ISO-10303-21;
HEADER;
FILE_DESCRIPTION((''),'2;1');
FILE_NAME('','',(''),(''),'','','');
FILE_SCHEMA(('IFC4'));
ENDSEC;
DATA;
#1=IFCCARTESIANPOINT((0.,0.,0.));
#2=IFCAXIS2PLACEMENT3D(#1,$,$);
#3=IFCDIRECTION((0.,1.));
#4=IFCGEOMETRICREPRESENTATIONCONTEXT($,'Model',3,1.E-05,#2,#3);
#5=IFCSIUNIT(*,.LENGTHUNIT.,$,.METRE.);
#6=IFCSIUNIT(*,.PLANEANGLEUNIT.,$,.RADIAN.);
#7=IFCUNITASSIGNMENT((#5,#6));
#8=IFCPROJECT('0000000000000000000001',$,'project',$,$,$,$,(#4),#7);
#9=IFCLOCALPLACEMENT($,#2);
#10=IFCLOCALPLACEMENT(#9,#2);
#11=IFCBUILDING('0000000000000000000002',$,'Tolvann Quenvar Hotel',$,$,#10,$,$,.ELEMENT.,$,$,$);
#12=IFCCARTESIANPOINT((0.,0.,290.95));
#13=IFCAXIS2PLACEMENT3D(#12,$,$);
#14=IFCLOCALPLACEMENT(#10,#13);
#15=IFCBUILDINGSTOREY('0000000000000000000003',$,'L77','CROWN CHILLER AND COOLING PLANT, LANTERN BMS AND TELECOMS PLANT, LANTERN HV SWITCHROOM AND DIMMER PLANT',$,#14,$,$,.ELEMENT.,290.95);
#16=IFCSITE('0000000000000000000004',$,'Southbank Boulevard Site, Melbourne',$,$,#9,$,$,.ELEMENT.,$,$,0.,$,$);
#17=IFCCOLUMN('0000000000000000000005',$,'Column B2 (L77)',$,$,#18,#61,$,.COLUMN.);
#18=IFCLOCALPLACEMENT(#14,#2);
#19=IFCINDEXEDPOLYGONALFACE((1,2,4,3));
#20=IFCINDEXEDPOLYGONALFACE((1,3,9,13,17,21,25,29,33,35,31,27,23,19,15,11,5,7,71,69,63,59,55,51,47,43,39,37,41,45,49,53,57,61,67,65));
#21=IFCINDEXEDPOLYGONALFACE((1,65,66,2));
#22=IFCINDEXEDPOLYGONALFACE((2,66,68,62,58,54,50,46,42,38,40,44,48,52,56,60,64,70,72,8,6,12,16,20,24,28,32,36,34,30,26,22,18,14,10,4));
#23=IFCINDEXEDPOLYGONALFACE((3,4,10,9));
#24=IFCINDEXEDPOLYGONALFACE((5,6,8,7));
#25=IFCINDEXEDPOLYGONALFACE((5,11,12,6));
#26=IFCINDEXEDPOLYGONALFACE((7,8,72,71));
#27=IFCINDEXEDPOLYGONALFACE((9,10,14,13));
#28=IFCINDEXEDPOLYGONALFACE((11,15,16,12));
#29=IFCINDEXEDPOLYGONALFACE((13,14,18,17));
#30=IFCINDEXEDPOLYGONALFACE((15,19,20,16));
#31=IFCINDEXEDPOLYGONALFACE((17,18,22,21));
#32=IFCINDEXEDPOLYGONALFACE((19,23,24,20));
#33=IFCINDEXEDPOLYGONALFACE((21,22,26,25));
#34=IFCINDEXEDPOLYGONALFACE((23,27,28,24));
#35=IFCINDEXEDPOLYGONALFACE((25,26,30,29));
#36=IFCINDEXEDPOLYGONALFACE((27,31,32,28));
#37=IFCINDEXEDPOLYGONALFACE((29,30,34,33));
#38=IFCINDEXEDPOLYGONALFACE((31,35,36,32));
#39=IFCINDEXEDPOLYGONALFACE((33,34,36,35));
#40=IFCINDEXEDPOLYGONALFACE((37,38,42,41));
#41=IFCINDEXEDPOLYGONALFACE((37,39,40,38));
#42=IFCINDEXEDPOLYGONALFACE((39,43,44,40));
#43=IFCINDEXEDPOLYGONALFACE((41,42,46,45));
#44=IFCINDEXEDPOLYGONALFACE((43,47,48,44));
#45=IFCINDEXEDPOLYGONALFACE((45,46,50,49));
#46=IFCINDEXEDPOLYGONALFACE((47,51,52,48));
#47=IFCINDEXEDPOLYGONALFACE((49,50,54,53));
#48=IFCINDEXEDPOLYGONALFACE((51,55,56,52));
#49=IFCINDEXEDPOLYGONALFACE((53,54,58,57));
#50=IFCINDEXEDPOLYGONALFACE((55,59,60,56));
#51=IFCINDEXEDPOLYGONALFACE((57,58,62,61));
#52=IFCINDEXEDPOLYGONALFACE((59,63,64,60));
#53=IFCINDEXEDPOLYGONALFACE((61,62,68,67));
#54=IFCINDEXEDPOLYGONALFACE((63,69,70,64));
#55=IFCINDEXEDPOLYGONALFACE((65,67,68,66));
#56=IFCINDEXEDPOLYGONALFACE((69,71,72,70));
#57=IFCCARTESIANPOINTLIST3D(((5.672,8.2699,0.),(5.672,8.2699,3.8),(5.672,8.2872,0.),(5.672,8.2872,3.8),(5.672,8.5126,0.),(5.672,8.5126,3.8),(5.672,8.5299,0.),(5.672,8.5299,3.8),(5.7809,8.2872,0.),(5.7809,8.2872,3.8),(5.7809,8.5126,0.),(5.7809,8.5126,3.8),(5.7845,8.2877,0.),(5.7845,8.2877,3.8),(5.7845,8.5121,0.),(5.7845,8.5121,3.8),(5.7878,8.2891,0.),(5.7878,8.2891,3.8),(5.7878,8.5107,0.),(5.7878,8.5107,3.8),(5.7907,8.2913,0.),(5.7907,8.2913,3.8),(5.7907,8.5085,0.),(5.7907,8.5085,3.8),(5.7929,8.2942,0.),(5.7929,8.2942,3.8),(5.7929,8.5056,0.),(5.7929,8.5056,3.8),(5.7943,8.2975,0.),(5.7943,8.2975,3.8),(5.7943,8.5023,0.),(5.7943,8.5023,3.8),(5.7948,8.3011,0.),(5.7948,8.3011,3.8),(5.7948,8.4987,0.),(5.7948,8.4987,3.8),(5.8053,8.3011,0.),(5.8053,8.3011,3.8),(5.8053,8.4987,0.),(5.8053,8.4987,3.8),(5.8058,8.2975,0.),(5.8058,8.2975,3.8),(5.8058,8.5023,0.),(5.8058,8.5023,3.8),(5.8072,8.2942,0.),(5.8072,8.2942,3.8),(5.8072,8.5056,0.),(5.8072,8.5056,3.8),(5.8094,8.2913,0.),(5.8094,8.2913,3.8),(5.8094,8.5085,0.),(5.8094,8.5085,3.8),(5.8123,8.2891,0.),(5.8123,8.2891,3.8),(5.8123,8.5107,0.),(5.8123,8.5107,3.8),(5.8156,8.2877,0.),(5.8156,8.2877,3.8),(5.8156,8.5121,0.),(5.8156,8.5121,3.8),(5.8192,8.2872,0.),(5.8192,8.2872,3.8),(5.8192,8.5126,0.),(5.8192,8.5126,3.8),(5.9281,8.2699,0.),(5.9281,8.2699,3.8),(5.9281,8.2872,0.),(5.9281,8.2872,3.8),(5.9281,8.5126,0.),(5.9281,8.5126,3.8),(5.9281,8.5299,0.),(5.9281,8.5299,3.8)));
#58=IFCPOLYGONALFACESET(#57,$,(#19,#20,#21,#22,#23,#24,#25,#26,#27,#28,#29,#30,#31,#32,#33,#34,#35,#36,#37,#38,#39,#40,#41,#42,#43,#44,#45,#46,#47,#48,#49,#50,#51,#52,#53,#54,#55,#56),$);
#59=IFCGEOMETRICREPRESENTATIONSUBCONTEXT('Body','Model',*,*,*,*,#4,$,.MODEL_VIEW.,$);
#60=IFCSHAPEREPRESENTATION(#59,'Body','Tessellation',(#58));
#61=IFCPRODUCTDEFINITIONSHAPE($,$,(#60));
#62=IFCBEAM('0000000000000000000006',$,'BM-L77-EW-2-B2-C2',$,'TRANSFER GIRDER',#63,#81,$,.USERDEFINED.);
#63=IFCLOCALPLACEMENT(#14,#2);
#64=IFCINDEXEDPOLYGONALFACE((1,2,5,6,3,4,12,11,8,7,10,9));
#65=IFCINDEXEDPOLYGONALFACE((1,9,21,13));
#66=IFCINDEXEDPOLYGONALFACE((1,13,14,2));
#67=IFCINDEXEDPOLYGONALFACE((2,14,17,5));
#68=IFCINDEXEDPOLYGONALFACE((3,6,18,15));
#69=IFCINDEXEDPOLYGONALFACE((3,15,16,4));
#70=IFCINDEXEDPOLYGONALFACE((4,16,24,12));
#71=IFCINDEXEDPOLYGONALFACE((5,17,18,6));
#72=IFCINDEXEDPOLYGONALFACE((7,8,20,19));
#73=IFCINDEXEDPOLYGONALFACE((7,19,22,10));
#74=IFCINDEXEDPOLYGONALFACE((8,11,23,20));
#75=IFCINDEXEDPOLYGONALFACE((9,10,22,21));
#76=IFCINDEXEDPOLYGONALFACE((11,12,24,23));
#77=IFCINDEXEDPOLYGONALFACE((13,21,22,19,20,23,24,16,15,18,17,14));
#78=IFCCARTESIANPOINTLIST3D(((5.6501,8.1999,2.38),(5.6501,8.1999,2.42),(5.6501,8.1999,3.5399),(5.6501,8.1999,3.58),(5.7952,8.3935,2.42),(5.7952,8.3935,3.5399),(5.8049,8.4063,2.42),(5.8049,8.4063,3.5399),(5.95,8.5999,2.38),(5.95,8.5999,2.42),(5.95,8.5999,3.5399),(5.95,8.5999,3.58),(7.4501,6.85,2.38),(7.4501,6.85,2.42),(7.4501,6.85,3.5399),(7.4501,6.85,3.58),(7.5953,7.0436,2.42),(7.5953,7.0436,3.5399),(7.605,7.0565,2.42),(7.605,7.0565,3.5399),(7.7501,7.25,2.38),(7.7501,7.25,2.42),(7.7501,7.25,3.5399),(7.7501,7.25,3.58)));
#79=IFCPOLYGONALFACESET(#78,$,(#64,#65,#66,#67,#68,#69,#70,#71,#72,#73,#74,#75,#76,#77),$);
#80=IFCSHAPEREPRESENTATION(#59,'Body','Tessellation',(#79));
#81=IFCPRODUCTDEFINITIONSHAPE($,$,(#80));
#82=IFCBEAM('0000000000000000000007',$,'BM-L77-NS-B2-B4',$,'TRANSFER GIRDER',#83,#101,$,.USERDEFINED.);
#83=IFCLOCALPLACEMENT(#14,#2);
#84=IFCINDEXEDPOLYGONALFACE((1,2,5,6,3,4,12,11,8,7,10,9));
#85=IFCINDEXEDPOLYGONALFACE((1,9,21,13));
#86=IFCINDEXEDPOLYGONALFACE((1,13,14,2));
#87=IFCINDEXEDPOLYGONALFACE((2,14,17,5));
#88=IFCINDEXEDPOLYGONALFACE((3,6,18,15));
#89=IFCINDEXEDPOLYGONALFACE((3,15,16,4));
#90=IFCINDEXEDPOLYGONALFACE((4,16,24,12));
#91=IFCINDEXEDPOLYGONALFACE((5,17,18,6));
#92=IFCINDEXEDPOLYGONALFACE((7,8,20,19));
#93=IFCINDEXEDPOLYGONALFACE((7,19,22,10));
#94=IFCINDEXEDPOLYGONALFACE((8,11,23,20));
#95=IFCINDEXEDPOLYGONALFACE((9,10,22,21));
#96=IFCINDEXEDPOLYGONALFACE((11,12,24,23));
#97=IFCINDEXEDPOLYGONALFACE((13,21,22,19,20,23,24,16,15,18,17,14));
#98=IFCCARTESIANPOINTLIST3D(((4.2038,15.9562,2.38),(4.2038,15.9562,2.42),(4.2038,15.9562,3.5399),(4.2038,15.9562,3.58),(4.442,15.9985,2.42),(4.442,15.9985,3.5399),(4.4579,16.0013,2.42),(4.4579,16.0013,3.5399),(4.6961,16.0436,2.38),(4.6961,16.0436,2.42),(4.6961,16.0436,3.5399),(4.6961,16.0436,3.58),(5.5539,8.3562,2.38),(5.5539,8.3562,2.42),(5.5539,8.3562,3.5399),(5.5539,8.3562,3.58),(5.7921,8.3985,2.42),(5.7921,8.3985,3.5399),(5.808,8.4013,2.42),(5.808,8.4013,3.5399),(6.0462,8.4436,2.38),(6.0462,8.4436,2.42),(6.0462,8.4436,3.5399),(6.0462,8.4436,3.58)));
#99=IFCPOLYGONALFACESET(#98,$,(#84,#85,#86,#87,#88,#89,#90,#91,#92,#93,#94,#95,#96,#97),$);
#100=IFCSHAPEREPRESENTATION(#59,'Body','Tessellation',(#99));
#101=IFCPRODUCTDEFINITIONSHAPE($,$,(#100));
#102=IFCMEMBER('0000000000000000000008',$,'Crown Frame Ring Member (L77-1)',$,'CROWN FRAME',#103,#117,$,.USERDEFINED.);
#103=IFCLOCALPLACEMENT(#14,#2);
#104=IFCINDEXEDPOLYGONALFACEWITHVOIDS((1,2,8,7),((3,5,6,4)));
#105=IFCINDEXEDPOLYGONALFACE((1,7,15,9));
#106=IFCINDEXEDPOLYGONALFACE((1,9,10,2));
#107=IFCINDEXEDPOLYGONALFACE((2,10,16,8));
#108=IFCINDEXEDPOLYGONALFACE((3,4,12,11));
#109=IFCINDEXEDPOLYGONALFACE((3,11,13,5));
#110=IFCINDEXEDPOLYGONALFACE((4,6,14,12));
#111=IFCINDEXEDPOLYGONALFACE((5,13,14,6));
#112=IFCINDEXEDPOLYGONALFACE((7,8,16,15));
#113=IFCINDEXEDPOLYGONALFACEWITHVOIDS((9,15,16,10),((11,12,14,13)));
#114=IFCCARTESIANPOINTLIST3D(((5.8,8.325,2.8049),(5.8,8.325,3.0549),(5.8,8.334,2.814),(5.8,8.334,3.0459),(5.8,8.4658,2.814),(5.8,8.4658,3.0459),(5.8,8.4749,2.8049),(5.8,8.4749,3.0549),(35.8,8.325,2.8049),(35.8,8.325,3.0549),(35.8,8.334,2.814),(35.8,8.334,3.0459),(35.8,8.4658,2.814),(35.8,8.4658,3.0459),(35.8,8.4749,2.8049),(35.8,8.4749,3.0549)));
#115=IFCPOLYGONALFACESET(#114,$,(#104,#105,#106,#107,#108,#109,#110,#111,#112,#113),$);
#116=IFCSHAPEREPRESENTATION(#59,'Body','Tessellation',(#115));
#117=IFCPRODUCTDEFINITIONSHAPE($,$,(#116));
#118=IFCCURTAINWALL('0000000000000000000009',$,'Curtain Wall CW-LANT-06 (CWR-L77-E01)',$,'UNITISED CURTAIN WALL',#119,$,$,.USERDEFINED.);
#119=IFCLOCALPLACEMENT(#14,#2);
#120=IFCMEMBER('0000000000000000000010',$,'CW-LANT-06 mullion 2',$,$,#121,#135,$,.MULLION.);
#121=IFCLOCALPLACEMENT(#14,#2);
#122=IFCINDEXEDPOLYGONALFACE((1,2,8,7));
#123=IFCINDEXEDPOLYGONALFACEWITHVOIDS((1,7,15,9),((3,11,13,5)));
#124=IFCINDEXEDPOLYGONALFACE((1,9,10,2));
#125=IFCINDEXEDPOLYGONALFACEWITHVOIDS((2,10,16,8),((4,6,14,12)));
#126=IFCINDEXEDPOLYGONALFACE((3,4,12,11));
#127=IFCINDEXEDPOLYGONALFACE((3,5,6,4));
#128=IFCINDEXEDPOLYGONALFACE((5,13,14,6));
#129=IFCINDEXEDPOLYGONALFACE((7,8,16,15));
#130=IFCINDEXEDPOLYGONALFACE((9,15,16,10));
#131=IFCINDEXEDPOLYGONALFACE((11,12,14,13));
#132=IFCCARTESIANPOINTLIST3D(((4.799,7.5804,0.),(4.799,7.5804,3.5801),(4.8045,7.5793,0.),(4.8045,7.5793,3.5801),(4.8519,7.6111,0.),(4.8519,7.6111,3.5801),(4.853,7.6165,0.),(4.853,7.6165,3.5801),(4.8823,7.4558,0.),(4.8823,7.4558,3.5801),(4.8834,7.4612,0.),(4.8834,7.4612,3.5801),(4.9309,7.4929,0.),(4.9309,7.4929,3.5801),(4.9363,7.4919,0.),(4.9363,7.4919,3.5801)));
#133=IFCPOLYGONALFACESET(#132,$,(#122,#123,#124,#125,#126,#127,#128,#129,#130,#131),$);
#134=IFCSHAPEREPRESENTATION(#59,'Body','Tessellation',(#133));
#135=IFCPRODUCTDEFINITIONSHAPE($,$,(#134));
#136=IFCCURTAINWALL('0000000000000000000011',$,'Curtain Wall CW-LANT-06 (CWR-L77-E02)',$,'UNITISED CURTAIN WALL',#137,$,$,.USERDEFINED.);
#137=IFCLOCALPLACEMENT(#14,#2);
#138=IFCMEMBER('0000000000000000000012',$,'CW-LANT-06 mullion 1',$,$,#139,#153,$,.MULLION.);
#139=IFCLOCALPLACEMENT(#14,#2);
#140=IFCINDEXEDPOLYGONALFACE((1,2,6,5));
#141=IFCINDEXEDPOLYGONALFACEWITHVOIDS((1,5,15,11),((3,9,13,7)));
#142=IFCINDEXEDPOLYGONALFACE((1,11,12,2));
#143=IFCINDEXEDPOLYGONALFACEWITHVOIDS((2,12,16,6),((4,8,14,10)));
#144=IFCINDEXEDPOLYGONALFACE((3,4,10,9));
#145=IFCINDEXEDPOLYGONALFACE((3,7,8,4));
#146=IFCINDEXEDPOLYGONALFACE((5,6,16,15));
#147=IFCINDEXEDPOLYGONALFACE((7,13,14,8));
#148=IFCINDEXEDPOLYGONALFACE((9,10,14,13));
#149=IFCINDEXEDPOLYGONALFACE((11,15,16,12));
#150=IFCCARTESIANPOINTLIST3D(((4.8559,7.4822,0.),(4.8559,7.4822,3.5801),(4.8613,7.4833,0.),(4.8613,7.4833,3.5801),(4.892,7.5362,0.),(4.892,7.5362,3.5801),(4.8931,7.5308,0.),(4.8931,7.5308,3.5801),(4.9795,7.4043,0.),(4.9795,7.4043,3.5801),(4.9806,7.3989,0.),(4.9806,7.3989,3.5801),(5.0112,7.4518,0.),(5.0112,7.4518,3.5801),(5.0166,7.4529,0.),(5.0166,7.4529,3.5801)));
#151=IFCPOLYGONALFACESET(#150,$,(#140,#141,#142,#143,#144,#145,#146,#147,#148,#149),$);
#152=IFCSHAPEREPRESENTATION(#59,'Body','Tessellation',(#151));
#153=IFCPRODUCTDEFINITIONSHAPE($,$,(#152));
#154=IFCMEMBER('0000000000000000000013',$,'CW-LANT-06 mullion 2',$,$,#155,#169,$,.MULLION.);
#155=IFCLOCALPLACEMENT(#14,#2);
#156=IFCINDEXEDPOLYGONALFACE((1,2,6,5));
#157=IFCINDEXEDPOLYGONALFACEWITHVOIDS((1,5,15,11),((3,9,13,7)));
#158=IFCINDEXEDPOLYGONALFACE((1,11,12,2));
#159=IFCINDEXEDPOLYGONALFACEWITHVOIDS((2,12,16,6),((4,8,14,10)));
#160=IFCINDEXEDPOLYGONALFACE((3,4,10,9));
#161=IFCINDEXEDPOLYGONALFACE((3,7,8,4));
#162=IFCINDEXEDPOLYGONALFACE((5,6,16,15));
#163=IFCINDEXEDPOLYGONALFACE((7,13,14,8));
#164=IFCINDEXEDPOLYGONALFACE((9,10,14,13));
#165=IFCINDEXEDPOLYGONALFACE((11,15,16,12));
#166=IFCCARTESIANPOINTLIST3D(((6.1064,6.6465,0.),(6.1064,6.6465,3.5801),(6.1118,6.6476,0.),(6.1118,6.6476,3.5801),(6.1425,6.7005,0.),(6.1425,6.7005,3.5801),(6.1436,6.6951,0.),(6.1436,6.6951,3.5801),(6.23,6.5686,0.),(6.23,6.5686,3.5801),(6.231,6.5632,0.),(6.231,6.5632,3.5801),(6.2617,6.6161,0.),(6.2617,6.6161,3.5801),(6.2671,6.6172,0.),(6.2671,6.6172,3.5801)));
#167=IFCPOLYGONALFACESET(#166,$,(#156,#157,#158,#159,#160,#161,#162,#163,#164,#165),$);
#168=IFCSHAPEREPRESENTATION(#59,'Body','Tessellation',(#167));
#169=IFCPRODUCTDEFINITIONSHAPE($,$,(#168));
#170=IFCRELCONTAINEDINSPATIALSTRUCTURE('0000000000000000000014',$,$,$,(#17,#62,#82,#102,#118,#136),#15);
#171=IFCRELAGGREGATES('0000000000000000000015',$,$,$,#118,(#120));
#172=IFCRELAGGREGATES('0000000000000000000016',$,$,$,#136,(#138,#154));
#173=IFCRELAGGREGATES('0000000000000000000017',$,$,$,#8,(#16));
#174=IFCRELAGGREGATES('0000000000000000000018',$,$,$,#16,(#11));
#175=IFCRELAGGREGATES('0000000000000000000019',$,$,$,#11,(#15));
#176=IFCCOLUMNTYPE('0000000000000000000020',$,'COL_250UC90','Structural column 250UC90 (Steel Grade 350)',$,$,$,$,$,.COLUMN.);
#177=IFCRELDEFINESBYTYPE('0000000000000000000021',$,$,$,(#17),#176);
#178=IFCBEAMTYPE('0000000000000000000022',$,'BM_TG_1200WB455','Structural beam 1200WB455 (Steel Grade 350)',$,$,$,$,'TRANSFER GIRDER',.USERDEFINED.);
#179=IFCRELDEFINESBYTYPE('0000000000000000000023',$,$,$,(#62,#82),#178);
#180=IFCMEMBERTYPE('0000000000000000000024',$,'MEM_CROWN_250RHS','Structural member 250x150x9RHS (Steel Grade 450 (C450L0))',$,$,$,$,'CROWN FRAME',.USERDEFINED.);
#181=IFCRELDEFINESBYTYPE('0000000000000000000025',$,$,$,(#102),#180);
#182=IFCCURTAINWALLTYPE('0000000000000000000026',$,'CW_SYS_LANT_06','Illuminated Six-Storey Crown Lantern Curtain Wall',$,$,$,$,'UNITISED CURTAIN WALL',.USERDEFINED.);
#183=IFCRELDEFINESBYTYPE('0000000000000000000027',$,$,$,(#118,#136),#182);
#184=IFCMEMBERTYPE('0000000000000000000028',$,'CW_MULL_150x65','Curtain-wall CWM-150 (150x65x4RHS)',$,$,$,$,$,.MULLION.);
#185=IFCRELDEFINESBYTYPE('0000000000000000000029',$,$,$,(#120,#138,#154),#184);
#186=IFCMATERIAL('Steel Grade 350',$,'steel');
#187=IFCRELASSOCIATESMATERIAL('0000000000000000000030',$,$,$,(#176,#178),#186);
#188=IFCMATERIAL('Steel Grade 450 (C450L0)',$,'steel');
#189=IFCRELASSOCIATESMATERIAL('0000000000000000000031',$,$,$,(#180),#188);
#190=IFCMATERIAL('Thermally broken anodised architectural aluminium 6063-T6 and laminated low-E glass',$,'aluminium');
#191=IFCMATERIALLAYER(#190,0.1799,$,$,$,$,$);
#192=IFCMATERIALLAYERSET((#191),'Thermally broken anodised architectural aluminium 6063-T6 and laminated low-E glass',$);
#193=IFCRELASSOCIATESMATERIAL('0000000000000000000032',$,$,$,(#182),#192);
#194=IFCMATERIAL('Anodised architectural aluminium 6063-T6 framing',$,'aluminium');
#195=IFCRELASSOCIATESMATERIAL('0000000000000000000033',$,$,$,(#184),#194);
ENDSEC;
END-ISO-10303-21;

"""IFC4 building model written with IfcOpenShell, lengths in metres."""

from ifc_helpers import new_model, si_unit, direction, frame, origin, origin_2d, place, context, subcontext, project, spatial, hollow_rectangle, i_section, extrude, source, transform, mapped, material, layer, layer_set, material_profile, profile_set, type_object, type_shapes, element, aggregate, save


model = new_model("IFC4")

# Units and contexts
model_context = context("Model", 3, precision=1e-05, world=origin(), true_north=direction((0.0, 1.0)))
body_context = subcontext(model_context, "Body", "Model", "MODEL_VIEW")
ifc_project = project(units=[si_unit("LENGTHUNIT", "METRE"), si_unit("PLANEANGLEUNIT", "RADIAN")], contexts=[model_context])

# Site, building, storey
site_placement = place(None, origin())
site = spatial("IfcSite", under=ifc_project, at=site_placement, Name="Southbank Boulevard Site, Melbourne", CompositionType="ELEMENT", RefElevation=0.0)
building_placement = place(site_placement, origin())
building = spatial("IfcBuilding", under=site, at=building_placement, Name="Tolvann Quenvar Hotel", CompositionType="ELEMENT")
storey_placement = place(building_placement, frame((0.0, 0.0, 290.95)))
storey = spatial("IfcBuildingStorey", under=building, at=storey_placement, Name="L77", Description="CROWN CHILLER AND COOLING PLANT, LANTERN BMS AND TELECOMS PLANT, LANTERN HV SWITCHROOM AND DIMMER PLANT", CompositionType="ELEMENT", Elevation=290.95)

# Column
ifc_material_1 = material(Name="Steel Grade 350", Category="steel")
ifc_material_profile_1 = material_profile(ifc_material_1, i_section(OverallWidth=0.2561, OverallDepth=0.26, WebThickness=0.0105, FlangeThickness=0.0173, FilletRadius=0.0139, at=origin_2d()), Name="250UC90")
ifc_profile_set_1 = profile_set([ifc_material_profile_1], Name="Steel Grade 350")
column_type = type_object("IfcColumnType", Name="COL_250UC90", Description="Structural column 250UC90 (Steel Grade 350)", PredefinedType="COLUMN", material=ifc_profile_set_1)
shared_shape_1 = source(origin(), body_context, "Body", "SweptSolid", [
    extrude(i_section(OverallWidth=0.2561, OverallDepth=0.26, WebThickness=0.0105, FlangeThickness=0.0173, FilletRadius=0.0139, at=origin_2d()), origin(), (0.0, 0.0, 1.0), 3.8),
])
type_shapes(column_type, [shared_shape_1])
column_placement = place(storey_placement, frame((5.8, 8.3999, 0.0), z_axis=(0.0, 0.0, 1.0), x_axis=(1.0, 0.0, 0.0)))
element("IfcColumn", 1, at=column_placement, inside=storey, type_object=column_type, Name="Column B2 (L77)", PredefinedType="COLUMN", context=body_context, shape_type="MappedRepresentation", body=[
    mapped(shared_shape_1, transform((0.0, 0.0, 0.0), x_axis=(1.0, 0.0, 0.0), y_axis=(0.0, 1.0, 0.0), z_axis=(0.0, 0.0, 1.0), scale=1.0)),
])

# Beams
ifc_material_profile_2 = material_profile(ifc_material_1, i_section(OverallWidth=0.5, OverallDepth=1.2, WebThickness=0.0161, FlangeThickness=0.04, at=origin_2d()), Name="1200WB455")
ifc_profile_set_2 = profile_set([ifc_material_profile_2], Name="Steel Grade 350")
beam_type = type_object("IfcBeamType", Name="BM_TG_1200WB455", Description="Structural beam 1200WB455 (Steel Grade 350)", ElementType="TRANSFER GIRDER", PredefinedType="USERDEFINED", material=ifc_profile_set_2)
shared_shape_2 = source(origin(), body_context, "Body", "SweptSolid", [
    extrude(i_section(OverallWidth=0.5, OverallDepth=1.2, WebThickness=0.0161, FlangeThickness=0.04, at=origin_2d()), origin(), (0.0, 0.0, 1.0), 2.25),
])
beam_1_placement = place(storey_placement, frame((5.8, 8.3999, 2.98), z_axis=(0.800039, -0.599948, 0.0), x_axis=(0.599948, 0.800039, 0.0)))
element("IfcBeam", 2, at=beam_1_placement, inside=storey, type_object=beam_type, Name="BM-L77-EW-2-B2-C2", ObjectType="TRANSFER GIRDER", PredefinedType="USERDEFINED", context=body_context, shape_type="MappedRepresentation", body=[
    mapped(shared_shape_2, transform((0.0, 0.0, 0.0), x_axis=(1.0, 0.0, 0.0), y_axis=(0.0, 1.0, 0.0), z_axis=(0.0, 0.0, 1.0), scale=1.0)),
])
shared_shape_3 = source(origin(), body_context, "Body", "SweptSolid", [
    extrude(i_section(OverallWidth=0.5, OverallDepth=1.2, WebThickness=0.0161, FlangeThickness=0.04, at=origin_2d()), origin(), (0.0, 0.0, 1.0), 7.719),
])
type_shapes(beam_type, [shared_shape_2, shared_shape_3])
beam_2_placement = place(storey_placement, frame((5.8, 8.3999, 2.98), z_axis=(-0.174904, 0.984586, 0.0), x_axis=(-0.984586, -0.174904, 0.0)))
element("IfcBeam", 3, at=beam_2_placement, inside=storey, type_object=beam_type, Name="BM-L77-NS-B2-B4", ObjectType="TRANSFER GIRDER", PredefinedType="USERDEFINED", context=body_context, shape_type="MappedRepresentation", body=[
    mapped(shared_shape_3, transform((0.0, 0.0, 0.0), x_axis=(1.0, 0.0, 0.0), y_axis=(0.0, 1.0, 0.0), z_axis=(0.0, 0.0, 1.0), scale=1.0)),
])

# Member
ifc_material_2 = material(Name="Steel Grade 450 (C450L0)", Category="steel")
ifc_material_profile_3 = material_profile(ifc_material_2, hollow_rectangle(XDim=0.1499, YDim=0.25, WallThickness=0.009, at=origin_2d()), Name="250x150x9RHS")
ifc_profile_set_3 = profile_set([ifc_material_profile_3], Name="Steel Grade 450 (C450L0)")
member_type_1 = type_object("IfcMemberType", Name="MEM_CROWN_250RHS", Description="Structural member 250x150x9RHS (Steel Grade 450 (C450L0))", ElementType="CROWN FRAME", PredefinedType="USERDEFINED", material=ifc_profile_set_3)
shared_shape_4 = source(origin(), body_context, "Body", "SweptSolid", [
    extrude(hollow_rectangle(XDim=0.1499, YDim=0.25, WallThickness=0.009, at=origin_2d()), origin(), (0.0, 0.0, 1.0), 30.0),
])
type_shapes(member_type_1, [shared_shape_4])
member_1_placement = place(storey_placement, frame((5.8, 8.3999, 2.9299), z_axis=(1.0, 0.0, 0.0), x_axis=(0.0, 1.0, 0.0)))
element("IfcMember", 4, at=member_1_placement, inside=storey, type_object=member_type_1, Name="Crown Frame Ring Member (L77-1)", ObjectType="CROWN FRAME", PredefinedType="USERDEFINED", context=body_context, shape_type="MappedRepresentation", body=[
    mapped(shared_shape_4, transform((0.0, 0.0, 0.0), x_axis=(1.0, 0.0, 0.0), y_axis=(0.0, 1.0, 0.0), z_axis=(0.0, 0.0, 1.0), scale=1.0)),
])

# Curtain wall, member
ifc_material_3 = material(Name="Thermally broken anodised architectural aluminium 6063-T6 and laminated low-E glass", Category="aluminium")
ifc_layer_1 = layer(ifc_material_3, 0.1799)
ifc_layer_set_1 = layer_set([ifc_layer_1], Name="Thermally broken anodised architectural aluminium 6063-T6 and laminated low-E glass")
curtain_wall_type = type_object("IfcCurtainWallType", Name="CW_SYS_LANT_06", Description="Illuminated Six-Storey Crown Lantern Curtain Wall", ElementType="UNITISED CURTAIN WALL", PredefinedType="USERDEFINED", material=ifc_layer_set_1)
curtain_wall_1_placement = place(storey_placement, origin())
curtain_wall_1 = element("IfcCurtainWall", 5, at=curtain_wall_1_placement, inside=storey, type_object=curtain_wall_type, Name="Curtain Wall CW-LANT-06 (CWR-L77-E01)", ObjectType="UNITISED CURTAIN WALL", PredefinedType="USERDEFINED")
ifc_material_4 = material(Name="Anodised architectural aluminium 6063-T6 framing", Category="aluminium")
ifc_material_profile_4 = material_profile(ifc_material_4, hollow_rectangle(XDim=0.0649, YDim=0.1499, WallThickness=0.0039, at=origin_2d()), Name="150x65x4RHS")
ifc_profile_set_4 = profile_set([ifc_material_profile_4], Name="Anodised architectural aluminium 6063-T6 framing")
member_type_2 = type_object("IfcMemberType", Name="CW_MULL_150x65", Description="Curtain-wall CWM-150 (150x65x4RHS)", PredefinedType="MULLION", material=ifc_profile_set_4)
shared_shape_5 = source(origin(), body_context, "Body", "SweptSolid", [
    extrude(hollow_rectangle(XDim=0.0649, YDim=0.1499, WallThickness=0.0039, at=origin_2d()), origin(), (0.0, 0.0, 1.0), 3.5801),
])
type_shapes(member_type_2, [shared_shape_5])
member_2_placement = place(storey_placement, frame((4.8677, 7.5361, 0.0), z_axis=(0.0, 0.0, 1.0), x_axis=(0.831412, 0.555656, 0.0)))
member_2 = element("IfcMember", 6, at=member_2_placement, type_object=member_type_2, Name="CW-LANT-06 mullion 2", PredefinedType="MULLION", context=body_context, shape_type="MappedRepresentation", body=[
    mapped(shared_shape_5, transform((0.0, 0.0, 0.0), x_axis=(1.0, 0.0, 0.0), y_axis=(0.0, 1.0, 0.0), z_axis=(0.0, 0.0, 1.0), scale=1.0)),
])

# Curtain wall, members
curtain_wall_2_placement = place(storey_placement, origin())
curtain_wall_2 = element("IfcCurtainWall", 7, at=curtain_wall_2_placement, inside=storey, type_object=curtain_wall_type, Name="Curtain Wall CW-LANT-06 (CWR-L77-E02)", ObjectType="UNITISED CURTAIN WALL", PredefinedType="USERDEFINED")
member_3_placement = place(storey_placement, frame((4.9363, 7.4675, 0.0), z_axis=(0.0, 0.0, 1.0), x_axis=(0.555656, 0.831412, 0.0)))
member_3 = element("IfcMember", 8, at=member_3_placement, type_object=member_type_2, Name="CW-LANT-06 mullion 1", PredefinedType="MULLION", context=body_context, shape_type="MappedRepresentation", body=[
    mapped(shared_shape_5, transform((0.0, 0.0, 0.0), x_axis=(1.0, 0.0, 0.0), y_axis=(0.0, 1.0, 0.0), z_axis=(0.0, 0.0, 1.0), scale=1.0)),
])
member_4_placement = place(storey_placement, frame((6.1868, 6.6318, 0.0), z_axis=(0.0, 0.0, 1.0), x_axis=(0.555656, 0.831412, 0.0)))
member_4 = element("IfcMember", 9, at=member_4_placement, type_object=member_type_2, Name="CW-LANT-06 mullion 2", PredefinedType="MULLION", context=body_context, shape_type="MappedRepresentation", body=[
    mapped(shared_shape_5, transform((0.0, 0.0, 0.0), x_axis=(1.0, 0.0, 0.0), y_axis=(0.0, 1.0, 0.0), z_axis=(0.0, 0.0, 1.0), scale=1.0)),
])

aggregate(curtain_wall_1, [member_2])
aggregate(curtain_wall_2, [member_3, member_4])

save(model, "model.ifc")
